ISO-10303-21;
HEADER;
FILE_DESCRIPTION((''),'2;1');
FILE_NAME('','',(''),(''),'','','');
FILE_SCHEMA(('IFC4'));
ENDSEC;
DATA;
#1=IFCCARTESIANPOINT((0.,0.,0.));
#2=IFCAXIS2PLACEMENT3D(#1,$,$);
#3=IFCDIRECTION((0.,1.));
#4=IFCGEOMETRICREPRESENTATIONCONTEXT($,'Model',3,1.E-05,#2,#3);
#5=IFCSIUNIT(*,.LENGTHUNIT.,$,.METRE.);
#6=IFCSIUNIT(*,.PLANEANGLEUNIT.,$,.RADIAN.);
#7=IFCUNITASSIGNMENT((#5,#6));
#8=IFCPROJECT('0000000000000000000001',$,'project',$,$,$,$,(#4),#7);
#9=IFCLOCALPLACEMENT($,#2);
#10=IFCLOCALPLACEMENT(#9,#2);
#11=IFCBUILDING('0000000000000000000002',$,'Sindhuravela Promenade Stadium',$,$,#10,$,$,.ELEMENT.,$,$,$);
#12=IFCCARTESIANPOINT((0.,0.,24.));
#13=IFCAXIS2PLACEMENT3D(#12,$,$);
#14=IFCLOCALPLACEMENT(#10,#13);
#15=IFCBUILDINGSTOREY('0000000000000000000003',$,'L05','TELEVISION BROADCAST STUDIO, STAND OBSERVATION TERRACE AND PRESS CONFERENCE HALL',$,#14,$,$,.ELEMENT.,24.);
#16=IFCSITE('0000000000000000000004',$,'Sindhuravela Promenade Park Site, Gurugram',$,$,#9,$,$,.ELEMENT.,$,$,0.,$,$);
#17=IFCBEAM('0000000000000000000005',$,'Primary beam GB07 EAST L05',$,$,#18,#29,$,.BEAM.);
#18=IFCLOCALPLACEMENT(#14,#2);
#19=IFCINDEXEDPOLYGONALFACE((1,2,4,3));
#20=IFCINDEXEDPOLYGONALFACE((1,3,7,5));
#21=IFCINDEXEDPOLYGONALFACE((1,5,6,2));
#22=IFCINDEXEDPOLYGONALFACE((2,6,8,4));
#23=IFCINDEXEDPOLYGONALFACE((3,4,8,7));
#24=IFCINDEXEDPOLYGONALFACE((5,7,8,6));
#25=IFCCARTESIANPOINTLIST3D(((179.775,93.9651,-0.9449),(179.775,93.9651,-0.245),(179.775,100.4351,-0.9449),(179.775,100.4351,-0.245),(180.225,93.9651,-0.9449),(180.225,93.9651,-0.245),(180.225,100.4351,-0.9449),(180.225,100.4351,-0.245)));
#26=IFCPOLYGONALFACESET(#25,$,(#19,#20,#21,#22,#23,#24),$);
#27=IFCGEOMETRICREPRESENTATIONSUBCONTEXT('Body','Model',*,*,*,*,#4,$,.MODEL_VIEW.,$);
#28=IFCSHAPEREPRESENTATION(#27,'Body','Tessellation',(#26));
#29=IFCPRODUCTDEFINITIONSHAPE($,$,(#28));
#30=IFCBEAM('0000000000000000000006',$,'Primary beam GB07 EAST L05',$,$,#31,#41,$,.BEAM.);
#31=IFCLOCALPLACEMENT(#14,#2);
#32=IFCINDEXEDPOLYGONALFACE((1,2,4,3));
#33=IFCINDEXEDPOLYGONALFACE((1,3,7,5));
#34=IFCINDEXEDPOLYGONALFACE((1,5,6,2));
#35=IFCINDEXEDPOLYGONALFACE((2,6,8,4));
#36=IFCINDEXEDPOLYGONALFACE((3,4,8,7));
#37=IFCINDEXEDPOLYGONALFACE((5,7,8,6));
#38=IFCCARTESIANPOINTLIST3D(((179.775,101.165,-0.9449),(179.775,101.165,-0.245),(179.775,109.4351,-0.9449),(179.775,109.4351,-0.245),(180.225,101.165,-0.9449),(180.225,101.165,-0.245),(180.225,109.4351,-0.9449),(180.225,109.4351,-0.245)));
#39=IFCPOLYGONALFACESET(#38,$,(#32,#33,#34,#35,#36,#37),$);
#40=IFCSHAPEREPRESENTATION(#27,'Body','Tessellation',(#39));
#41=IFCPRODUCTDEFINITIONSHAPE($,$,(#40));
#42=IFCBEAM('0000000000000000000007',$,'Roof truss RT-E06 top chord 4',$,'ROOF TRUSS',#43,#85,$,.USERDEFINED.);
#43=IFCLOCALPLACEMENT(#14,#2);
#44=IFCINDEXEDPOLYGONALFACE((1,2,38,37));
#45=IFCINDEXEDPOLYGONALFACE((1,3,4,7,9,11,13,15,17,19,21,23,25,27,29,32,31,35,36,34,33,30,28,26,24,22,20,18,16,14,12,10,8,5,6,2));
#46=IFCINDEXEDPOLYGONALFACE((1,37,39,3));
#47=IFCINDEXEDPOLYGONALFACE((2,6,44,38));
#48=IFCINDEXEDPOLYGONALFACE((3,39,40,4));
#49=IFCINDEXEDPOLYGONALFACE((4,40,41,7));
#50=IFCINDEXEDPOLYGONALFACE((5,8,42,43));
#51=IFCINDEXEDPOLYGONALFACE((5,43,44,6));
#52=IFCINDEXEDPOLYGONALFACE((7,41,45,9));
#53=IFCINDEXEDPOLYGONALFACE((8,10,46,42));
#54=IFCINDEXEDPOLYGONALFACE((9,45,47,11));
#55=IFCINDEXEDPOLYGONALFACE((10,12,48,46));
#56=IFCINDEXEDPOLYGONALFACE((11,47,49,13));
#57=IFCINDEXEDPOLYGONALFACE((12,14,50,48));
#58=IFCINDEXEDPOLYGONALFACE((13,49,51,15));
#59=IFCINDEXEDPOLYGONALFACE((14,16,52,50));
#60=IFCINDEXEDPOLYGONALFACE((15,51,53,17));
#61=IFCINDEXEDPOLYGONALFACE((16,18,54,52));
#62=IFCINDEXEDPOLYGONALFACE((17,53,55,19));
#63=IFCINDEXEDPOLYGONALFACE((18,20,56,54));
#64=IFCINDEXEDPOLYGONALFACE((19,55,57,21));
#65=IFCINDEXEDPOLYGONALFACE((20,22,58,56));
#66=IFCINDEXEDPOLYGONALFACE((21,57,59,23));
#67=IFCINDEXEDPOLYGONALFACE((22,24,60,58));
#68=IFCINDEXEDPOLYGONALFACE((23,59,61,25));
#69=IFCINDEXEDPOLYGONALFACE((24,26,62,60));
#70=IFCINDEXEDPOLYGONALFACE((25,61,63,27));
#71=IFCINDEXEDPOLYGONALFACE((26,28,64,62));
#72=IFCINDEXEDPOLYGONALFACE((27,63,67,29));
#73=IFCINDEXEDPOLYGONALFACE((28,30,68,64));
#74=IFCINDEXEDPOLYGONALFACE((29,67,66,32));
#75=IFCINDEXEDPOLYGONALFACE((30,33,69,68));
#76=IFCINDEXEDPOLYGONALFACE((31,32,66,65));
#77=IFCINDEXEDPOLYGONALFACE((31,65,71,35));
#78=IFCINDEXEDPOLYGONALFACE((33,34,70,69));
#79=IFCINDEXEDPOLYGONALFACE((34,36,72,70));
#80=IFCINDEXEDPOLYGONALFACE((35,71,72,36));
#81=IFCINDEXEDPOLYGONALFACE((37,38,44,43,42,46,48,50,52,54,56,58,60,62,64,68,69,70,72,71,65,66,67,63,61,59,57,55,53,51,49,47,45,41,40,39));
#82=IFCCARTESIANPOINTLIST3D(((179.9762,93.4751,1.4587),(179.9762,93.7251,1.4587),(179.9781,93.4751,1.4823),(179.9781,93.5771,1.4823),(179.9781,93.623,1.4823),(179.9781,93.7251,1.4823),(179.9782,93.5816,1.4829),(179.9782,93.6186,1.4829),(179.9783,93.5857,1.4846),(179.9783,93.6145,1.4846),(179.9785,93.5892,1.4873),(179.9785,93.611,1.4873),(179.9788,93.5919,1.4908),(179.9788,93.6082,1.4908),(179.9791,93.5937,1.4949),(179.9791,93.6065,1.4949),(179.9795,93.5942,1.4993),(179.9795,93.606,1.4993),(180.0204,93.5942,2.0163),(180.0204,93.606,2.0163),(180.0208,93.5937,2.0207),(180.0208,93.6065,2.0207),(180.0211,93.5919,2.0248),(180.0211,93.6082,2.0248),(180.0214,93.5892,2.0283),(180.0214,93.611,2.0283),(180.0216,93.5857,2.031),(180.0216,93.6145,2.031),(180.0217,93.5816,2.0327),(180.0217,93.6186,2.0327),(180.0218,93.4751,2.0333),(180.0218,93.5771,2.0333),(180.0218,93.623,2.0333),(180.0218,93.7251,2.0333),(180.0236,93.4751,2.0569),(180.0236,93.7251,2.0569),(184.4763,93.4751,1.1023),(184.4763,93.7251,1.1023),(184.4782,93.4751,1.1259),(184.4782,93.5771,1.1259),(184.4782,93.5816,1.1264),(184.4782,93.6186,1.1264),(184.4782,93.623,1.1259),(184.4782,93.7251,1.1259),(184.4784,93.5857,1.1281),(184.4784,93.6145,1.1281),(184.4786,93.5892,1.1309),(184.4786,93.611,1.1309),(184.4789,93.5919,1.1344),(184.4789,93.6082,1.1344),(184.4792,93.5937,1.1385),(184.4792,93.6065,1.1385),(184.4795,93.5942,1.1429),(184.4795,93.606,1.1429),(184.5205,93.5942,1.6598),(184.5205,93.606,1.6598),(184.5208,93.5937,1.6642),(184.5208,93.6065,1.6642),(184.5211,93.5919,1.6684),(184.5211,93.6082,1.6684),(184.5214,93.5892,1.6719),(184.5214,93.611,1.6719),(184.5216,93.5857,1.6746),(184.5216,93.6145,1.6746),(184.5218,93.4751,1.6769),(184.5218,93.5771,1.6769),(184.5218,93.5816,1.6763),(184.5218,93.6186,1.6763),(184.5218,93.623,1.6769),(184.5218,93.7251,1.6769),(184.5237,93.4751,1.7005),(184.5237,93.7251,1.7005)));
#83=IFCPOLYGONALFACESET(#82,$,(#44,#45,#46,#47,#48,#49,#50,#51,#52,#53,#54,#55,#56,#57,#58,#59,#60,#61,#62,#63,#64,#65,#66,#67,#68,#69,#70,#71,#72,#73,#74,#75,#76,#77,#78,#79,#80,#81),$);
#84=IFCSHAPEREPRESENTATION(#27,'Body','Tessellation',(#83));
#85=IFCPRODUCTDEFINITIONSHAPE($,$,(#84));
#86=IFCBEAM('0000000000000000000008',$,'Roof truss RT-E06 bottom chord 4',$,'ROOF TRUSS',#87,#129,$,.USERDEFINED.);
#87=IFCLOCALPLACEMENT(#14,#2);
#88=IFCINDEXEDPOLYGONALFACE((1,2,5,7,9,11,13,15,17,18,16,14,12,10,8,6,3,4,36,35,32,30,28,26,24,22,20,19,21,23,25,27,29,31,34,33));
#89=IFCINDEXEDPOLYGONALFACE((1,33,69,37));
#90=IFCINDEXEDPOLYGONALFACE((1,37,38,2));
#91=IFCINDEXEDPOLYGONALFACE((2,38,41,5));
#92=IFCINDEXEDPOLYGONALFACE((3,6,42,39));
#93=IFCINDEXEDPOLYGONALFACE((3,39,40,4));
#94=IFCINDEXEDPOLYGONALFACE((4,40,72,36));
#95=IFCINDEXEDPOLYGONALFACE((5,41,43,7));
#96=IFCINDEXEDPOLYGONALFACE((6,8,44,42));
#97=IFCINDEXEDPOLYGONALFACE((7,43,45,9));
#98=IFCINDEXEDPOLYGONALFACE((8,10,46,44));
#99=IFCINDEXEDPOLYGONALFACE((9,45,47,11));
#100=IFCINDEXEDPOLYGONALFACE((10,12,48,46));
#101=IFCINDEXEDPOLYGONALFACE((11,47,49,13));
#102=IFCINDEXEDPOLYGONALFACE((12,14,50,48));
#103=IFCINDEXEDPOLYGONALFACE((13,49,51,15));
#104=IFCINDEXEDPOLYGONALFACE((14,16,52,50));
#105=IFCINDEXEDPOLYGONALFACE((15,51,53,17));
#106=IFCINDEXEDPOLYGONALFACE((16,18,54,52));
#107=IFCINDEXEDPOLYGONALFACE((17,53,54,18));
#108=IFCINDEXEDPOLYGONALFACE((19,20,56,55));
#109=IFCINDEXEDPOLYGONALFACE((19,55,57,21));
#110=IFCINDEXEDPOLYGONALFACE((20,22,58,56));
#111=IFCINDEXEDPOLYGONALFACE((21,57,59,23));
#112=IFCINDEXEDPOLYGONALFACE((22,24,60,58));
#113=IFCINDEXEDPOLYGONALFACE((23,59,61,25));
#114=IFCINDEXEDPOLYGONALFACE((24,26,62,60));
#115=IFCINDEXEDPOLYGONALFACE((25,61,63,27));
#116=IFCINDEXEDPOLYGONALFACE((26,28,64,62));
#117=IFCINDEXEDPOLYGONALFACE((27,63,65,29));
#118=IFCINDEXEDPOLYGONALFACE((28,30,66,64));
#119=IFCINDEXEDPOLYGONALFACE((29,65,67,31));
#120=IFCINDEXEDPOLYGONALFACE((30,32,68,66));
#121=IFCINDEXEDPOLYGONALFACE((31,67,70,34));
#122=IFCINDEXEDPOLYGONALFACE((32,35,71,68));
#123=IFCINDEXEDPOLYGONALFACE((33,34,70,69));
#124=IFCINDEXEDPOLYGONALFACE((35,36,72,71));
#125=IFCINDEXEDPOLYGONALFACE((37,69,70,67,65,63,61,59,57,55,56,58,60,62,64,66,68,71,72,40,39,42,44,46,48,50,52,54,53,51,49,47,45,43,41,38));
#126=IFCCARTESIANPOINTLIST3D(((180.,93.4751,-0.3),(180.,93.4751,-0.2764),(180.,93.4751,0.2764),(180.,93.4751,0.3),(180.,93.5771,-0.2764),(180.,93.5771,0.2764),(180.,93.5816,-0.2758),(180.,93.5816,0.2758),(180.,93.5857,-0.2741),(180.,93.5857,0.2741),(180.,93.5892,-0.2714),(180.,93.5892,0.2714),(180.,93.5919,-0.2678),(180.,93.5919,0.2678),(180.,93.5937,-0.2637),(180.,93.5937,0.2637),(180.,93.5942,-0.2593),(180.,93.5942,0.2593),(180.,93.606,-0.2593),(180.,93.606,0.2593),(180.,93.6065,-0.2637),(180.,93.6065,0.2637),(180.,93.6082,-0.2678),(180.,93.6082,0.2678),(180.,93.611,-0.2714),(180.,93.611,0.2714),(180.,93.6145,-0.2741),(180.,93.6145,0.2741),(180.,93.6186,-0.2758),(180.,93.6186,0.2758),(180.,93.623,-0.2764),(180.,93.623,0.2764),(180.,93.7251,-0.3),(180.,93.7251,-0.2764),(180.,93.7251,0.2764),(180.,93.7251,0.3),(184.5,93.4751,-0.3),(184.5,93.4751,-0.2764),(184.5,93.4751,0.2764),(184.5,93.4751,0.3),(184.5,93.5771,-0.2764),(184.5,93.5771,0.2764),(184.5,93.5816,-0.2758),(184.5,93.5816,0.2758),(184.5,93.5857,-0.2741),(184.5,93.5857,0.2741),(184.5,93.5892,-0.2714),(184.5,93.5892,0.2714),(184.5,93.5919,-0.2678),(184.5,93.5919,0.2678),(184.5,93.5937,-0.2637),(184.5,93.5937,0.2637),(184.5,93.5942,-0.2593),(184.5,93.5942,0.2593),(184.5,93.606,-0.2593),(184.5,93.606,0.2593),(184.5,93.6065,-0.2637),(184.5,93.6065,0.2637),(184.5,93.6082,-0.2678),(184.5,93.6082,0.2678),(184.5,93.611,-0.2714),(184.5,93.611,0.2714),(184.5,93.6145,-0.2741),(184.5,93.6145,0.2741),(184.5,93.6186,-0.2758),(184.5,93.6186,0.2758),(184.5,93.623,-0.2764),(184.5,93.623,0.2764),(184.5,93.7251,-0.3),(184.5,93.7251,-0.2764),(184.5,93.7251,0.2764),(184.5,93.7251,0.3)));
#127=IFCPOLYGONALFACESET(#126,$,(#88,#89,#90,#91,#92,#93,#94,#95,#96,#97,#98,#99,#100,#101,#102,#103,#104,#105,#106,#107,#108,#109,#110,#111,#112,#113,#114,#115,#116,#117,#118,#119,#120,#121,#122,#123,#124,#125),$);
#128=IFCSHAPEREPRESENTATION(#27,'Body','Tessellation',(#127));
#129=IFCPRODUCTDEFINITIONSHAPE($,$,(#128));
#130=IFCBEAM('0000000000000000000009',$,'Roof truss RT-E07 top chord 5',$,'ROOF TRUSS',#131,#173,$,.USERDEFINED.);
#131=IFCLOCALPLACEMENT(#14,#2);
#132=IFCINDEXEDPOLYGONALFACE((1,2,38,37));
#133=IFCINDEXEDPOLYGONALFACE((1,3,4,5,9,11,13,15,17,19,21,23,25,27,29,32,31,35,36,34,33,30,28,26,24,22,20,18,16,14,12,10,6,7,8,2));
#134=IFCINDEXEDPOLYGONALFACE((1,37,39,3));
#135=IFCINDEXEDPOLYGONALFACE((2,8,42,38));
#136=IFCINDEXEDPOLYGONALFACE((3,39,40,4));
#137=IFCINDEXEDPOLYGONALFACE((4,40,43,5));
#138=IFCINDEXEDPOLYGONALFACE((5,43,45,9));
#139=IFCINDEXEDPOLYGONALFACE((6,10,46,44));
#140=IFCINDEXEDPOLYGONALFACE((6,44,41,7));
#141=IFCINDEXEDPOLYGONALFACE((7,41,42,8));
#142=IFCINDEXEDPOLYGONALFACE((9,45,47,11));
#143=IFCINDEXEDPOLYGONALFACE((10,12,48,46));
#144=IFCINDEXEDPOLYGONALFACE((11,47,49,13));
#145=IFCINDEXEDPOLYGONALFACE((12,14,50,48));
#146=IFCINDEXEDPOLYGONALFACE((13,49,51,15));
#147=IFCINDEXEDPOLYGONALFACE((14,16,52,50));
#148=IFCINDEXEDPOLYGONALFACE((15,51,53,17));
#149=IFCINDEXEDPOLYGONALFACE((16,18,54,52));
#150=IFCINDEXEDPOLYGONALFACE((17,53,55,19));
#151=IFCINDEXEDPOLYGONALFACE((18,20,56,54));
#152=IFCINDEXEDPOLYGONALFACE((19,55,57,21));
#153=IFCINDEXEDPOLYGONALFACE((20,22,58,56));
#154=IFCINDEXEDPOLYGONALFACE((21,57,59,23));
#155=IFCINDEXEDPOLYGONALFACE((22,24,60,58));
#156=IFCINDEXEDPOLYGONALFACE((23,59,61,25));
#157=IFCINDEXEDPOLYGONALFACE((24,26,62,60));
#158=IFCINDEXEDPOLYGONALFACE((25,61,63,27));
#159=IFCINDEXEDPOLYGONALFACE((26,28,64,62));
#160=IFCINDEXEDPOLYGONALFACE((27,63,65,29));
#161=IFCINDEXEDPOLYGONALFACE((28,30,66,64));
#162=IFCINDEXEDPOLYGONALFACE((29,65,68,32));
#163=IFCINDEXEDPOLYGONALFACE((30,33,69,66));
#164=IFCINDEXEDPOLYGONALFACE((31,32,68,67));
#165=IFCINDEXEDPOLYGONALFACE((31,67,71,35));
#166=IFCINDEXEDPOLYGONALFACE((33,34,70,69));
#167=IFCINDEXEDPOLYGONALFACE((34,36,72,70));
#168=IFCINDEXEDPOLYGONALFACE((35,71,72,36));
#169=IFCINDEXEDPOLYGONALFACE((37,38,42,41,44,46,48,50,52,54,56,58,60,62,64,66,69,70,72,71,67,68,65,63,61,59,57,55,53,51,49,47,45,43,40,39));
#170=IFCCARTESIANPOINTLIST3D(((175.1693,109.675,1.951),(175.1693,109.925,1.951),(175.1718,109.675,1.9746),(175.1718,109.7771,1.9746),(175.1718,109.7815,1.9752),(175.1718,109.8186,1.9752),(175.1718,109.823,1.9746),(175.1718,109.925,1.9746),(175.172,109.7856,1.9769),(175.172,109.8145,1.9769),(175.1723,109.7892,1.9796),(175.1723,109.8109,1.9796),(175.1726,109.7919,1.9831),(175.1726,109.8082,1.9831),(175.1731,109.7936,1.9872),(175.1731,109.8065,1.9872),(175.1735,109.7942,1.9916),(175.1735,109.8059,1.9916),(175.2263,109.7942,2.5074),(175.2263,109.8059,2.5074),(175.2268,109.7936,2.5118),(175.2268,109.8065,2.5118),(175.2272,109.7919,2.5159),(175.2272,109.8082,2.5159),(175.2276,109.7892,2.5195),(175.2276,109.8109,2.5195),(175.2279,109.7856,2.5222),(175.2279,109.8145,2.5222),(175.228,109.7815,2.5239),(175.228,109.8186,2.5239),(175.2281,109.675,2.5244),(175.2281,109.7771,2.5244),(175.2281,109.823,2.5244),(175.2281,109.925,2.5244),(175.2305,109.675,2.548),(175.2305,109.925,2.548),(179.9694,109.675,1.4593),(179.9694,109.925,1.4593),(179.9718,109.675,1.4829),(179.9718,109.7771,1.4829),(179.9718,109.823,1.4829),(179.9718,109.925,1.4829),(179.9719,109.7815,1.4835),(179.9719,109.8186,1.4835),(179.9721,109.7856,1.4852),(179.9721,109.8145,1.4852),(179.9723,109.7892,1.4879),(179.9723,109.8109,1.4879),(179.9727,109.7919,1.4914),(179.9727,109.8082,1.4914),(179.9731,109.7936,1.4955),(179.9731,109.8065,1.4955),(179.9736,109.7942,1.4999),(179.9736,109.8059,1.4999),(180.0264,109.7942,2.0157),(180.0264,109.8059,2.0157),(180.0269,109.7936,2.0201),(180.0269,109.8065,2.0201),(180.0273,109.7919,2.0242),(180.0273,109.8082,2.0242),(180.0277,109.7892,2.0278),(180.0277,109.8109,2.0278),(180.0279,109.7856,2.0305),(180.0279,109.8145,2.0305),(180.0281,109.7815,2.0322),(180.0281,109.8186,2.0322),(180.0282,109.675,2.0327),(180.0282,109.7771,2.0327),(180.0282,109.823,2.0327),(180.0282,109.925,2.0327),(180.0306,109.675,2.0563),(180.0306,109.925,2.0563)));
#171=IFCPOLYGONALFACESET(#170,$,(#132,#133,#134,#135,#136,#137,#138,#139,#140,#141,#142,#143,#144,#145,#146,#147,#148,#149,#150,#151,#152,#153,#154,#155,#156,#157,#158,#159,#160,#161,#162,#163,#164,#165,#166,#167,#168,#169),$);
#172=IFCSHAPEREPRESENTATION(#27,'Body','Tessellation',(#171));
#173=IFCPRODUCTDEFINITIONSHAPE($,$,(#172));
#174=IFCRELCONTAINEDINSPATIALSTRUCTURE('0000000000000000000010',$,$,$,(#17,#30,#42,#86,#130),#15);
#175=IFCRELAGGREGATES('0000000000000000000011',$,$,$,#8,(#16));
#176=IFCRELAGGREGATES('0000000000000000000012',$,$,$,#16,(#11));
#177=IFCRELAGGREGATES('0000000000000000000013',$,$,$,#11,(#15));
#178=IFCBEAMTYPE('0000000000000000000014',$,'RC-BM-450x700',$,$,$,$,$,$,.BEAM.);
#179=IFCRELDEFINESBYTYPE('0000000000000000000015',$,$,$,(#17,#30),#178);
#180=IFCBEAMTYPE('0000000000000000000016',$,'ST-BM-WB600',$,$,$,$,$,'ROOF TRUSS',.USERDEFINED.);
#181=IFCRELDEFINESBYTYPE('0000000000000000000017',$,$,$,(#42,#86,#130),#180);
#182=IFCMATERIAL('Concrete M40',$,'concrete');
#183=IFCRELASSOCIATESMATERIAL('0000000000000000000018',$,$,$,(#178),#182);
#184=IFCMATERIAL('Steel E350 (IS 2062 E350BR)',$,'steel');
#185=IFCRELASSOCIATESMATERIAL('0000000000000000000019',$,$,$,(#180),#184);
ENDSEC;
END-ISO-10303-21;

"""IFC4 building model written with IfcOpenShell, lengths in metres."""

from ifc_helpers import new_model, si_unit, direction, frame, origin, origin_2d, place, context, subcontext, project, spatial, rectangle, i_section, extrude, material, material_profile, profile_set, type_object, element, save


model = new_model("IFC4")

# Units and contexts
model_context = context("Model", 3, precision=1e-05, world=origin(), true_north=direction((0.0, 1.0)))
body_context = subcontext(model_context, "Body", "Model", "MODEL_VIEW")
ifc_project = project(units=[si_unit("LENGTHUNIT", "METRE"), si_unit("PLANEANGLEUNIT", "RADIAN")], contexts=[model_context])

# Site, building, storey
site_placement = place(None, origin())
site = spatial("IfcSite", under=ifc_project, at=site_placement, Name="Sindhuravela Promenade Park Site, Gurugram", CompositionType="ELEMENT", RefElevation=0.0)
building_placement = place(site_placement, origin())
building = spatial("IfcBuilding", under=site, at=building_placement, Name="Sindhuravela Promenade Stadium", CompositionType="ELEMENT")
storey_placement = place(building_placement, frame((0.0, 0.0, 24.0)))
storey = spatial("IfcBuildingStorey", under=building, at=storey_placement, Name="L05", Description="TELEVISION BROADCAST STUDIO, STAND OBSERVATION TERRACE AND PRESS CONFERENCE HALL", CompositionType="ELEMENT", Elevation=24.0)

# Beams
ifc_material_1 = material(Name="Concrete M40", Category="concrete")
ifc_material_profile_1 = material_profile(ifc_material_1, rectangle(XDim=0.45, YDim=0.7, at=origin_2d()), Name="RC 450x700")
ifc_profile_set_1 = profile_set([ifc_material_profile_1], Name="Concrete M40")
beam_type_1 = type_object("IfcBeamType", Name="RC-BM-450x700", PredefinedType="BEAM", material=ifc_profile_set_1)
beam_1_placement = place(storey_placement, frame((180.0, 93.9651, -0.595), z_axis=(0.0, 1.0, 0.0), x_axis=(-1.0, 0.0, 0.0)))
element("IfcBeam", 1, at=beam_1_placement, inside=storey, type_object=beam_type_1, Name="Primary beam GB07 EAST L05", PredefinedType="BEAM", context=body_context, shape_type="SweptSolid", body=[
    extrude(rectangle(XDim=0.45, YDim=0.7, at=origin_2d()), origin(), (0.0, 0.0, 1.0), 6.47),
])
beam_2_placement = place(storey_placement, frame((180.0, 101.165, -0.595), z_axis=(0.0, 1.0, 0.0), x_axis=(-1.0, 0.0, 0.0)))
element("IfcBeam", 2, at=beam_2_placement, inside=storey, type_object=beam_type_1, Name="Primary beam GB07 EAST L05", PredefinedType="BEAM", context=body_context, shape_type="SweptSolid", body=[
    extrude(rectangle(XDim=0.45, YDim=0.7, at=origin_2d()), origin(), (0.0, 0.0, 1.0), 8.27),
])
ifc_material_2 = material(Name="Steel E350 (IS 2062 E350BR)", Category="steel")
ifc_material_profile_2 = material_profile(ifc_material_2, i_section(OverallWidth=0.25, OverallDepth=0.6001, WebThickness=0.0117, FlangeThickness=0.0237, FilletRadius=0.0171, at=origin_2d()), Name="ISWB 600")
ifc_profile_set_2 = profile_set([ifc_material_profile_2], Name="Steel E350 (IS 2062 E350BR)")
beam_type_2 = type_object("IfcBeamType", Name="ST-BM-WB600", ElementType="ROOF TRUSS", PredefinedType="USERDEFINED", material=ifc_profile_set_2)
beam_3_placement = place(storey_placement, frame((184.5, 93.6001, 1.4014), z_axis=(-0.996878, 0.0, 0.078963), x_axis=(0.0, -1.0, 0.0)))
element("IfcBeam", 3, at=beam_3_placement, inside=storey, type_object=beam_type_2, Name="Roof truss RT-E06 top chord 4", ObjectType="ROOF TRUSS", PredefinedType="USERDEFINED", context=body_context, shape_type="SweptSolid", body=[
    extrude(i_section(OverallWidth=0.25, OverallDepth=0.6001, WebThickness=0.0117, FlangeThickness=0.0237, FilletRadius=0.0171, at=origin_2d()), origin(), (0.0, 0.0, 1.0), 4.5142),
])
beam_4_placement = place(storey_placement, frame((184.5, 93.6001, 0.0), z_axis=(-1.0, 0.0, 0.0), x_axis=(0.0, -1.0, 0.0)))
element("IfcBeam", 4, at=beam_4_placement, inside=storey, type_object=beam_type_2, Name="Roof truss RT-E06 bottom chord 4", ObjectType="ROOF TRUSS", PredefinedType="USERDEFINED", context=body_context, shape_type="SweptSolid", body=[
    extrude(i_section(OverallWidth=0.25, OverallDepth=0.6001, WebThickness=0.0117, FlangeThickness=0.0237, FilletRadius=0.0171, at=origin_2d()), origin(), (0.0, 0.0, 1.0), 4.5),
])
beam_5_placement = place(storey_placement, frame((180.0, 109.8, 1.7578), z_axis=(-0.994794, 0.0, 0.101903), x_axis=(0.0, -1.0, 0.0)))
element("IfcBeam", 5, at=beam_5_placement, inside=storey, type_object=beam_type_2, Name="Roof truss RT-E07 top chord 5", ObjectType="ROOF TRUSS", PredefinedType="USERDEFINED", context=body_context, shape_type="SweptSolid", body=[
    extrude(i_section(OverallWidth=0.25, OverallDepth=0.6001, WebThickness=0.0117, FlangeThickness=0.0237, FilletRadius=0.0171, at=origin_2d()), origin(), (0.0, 0.0, 1.0), 4.8252),
])

save(model, "model.ifc")
